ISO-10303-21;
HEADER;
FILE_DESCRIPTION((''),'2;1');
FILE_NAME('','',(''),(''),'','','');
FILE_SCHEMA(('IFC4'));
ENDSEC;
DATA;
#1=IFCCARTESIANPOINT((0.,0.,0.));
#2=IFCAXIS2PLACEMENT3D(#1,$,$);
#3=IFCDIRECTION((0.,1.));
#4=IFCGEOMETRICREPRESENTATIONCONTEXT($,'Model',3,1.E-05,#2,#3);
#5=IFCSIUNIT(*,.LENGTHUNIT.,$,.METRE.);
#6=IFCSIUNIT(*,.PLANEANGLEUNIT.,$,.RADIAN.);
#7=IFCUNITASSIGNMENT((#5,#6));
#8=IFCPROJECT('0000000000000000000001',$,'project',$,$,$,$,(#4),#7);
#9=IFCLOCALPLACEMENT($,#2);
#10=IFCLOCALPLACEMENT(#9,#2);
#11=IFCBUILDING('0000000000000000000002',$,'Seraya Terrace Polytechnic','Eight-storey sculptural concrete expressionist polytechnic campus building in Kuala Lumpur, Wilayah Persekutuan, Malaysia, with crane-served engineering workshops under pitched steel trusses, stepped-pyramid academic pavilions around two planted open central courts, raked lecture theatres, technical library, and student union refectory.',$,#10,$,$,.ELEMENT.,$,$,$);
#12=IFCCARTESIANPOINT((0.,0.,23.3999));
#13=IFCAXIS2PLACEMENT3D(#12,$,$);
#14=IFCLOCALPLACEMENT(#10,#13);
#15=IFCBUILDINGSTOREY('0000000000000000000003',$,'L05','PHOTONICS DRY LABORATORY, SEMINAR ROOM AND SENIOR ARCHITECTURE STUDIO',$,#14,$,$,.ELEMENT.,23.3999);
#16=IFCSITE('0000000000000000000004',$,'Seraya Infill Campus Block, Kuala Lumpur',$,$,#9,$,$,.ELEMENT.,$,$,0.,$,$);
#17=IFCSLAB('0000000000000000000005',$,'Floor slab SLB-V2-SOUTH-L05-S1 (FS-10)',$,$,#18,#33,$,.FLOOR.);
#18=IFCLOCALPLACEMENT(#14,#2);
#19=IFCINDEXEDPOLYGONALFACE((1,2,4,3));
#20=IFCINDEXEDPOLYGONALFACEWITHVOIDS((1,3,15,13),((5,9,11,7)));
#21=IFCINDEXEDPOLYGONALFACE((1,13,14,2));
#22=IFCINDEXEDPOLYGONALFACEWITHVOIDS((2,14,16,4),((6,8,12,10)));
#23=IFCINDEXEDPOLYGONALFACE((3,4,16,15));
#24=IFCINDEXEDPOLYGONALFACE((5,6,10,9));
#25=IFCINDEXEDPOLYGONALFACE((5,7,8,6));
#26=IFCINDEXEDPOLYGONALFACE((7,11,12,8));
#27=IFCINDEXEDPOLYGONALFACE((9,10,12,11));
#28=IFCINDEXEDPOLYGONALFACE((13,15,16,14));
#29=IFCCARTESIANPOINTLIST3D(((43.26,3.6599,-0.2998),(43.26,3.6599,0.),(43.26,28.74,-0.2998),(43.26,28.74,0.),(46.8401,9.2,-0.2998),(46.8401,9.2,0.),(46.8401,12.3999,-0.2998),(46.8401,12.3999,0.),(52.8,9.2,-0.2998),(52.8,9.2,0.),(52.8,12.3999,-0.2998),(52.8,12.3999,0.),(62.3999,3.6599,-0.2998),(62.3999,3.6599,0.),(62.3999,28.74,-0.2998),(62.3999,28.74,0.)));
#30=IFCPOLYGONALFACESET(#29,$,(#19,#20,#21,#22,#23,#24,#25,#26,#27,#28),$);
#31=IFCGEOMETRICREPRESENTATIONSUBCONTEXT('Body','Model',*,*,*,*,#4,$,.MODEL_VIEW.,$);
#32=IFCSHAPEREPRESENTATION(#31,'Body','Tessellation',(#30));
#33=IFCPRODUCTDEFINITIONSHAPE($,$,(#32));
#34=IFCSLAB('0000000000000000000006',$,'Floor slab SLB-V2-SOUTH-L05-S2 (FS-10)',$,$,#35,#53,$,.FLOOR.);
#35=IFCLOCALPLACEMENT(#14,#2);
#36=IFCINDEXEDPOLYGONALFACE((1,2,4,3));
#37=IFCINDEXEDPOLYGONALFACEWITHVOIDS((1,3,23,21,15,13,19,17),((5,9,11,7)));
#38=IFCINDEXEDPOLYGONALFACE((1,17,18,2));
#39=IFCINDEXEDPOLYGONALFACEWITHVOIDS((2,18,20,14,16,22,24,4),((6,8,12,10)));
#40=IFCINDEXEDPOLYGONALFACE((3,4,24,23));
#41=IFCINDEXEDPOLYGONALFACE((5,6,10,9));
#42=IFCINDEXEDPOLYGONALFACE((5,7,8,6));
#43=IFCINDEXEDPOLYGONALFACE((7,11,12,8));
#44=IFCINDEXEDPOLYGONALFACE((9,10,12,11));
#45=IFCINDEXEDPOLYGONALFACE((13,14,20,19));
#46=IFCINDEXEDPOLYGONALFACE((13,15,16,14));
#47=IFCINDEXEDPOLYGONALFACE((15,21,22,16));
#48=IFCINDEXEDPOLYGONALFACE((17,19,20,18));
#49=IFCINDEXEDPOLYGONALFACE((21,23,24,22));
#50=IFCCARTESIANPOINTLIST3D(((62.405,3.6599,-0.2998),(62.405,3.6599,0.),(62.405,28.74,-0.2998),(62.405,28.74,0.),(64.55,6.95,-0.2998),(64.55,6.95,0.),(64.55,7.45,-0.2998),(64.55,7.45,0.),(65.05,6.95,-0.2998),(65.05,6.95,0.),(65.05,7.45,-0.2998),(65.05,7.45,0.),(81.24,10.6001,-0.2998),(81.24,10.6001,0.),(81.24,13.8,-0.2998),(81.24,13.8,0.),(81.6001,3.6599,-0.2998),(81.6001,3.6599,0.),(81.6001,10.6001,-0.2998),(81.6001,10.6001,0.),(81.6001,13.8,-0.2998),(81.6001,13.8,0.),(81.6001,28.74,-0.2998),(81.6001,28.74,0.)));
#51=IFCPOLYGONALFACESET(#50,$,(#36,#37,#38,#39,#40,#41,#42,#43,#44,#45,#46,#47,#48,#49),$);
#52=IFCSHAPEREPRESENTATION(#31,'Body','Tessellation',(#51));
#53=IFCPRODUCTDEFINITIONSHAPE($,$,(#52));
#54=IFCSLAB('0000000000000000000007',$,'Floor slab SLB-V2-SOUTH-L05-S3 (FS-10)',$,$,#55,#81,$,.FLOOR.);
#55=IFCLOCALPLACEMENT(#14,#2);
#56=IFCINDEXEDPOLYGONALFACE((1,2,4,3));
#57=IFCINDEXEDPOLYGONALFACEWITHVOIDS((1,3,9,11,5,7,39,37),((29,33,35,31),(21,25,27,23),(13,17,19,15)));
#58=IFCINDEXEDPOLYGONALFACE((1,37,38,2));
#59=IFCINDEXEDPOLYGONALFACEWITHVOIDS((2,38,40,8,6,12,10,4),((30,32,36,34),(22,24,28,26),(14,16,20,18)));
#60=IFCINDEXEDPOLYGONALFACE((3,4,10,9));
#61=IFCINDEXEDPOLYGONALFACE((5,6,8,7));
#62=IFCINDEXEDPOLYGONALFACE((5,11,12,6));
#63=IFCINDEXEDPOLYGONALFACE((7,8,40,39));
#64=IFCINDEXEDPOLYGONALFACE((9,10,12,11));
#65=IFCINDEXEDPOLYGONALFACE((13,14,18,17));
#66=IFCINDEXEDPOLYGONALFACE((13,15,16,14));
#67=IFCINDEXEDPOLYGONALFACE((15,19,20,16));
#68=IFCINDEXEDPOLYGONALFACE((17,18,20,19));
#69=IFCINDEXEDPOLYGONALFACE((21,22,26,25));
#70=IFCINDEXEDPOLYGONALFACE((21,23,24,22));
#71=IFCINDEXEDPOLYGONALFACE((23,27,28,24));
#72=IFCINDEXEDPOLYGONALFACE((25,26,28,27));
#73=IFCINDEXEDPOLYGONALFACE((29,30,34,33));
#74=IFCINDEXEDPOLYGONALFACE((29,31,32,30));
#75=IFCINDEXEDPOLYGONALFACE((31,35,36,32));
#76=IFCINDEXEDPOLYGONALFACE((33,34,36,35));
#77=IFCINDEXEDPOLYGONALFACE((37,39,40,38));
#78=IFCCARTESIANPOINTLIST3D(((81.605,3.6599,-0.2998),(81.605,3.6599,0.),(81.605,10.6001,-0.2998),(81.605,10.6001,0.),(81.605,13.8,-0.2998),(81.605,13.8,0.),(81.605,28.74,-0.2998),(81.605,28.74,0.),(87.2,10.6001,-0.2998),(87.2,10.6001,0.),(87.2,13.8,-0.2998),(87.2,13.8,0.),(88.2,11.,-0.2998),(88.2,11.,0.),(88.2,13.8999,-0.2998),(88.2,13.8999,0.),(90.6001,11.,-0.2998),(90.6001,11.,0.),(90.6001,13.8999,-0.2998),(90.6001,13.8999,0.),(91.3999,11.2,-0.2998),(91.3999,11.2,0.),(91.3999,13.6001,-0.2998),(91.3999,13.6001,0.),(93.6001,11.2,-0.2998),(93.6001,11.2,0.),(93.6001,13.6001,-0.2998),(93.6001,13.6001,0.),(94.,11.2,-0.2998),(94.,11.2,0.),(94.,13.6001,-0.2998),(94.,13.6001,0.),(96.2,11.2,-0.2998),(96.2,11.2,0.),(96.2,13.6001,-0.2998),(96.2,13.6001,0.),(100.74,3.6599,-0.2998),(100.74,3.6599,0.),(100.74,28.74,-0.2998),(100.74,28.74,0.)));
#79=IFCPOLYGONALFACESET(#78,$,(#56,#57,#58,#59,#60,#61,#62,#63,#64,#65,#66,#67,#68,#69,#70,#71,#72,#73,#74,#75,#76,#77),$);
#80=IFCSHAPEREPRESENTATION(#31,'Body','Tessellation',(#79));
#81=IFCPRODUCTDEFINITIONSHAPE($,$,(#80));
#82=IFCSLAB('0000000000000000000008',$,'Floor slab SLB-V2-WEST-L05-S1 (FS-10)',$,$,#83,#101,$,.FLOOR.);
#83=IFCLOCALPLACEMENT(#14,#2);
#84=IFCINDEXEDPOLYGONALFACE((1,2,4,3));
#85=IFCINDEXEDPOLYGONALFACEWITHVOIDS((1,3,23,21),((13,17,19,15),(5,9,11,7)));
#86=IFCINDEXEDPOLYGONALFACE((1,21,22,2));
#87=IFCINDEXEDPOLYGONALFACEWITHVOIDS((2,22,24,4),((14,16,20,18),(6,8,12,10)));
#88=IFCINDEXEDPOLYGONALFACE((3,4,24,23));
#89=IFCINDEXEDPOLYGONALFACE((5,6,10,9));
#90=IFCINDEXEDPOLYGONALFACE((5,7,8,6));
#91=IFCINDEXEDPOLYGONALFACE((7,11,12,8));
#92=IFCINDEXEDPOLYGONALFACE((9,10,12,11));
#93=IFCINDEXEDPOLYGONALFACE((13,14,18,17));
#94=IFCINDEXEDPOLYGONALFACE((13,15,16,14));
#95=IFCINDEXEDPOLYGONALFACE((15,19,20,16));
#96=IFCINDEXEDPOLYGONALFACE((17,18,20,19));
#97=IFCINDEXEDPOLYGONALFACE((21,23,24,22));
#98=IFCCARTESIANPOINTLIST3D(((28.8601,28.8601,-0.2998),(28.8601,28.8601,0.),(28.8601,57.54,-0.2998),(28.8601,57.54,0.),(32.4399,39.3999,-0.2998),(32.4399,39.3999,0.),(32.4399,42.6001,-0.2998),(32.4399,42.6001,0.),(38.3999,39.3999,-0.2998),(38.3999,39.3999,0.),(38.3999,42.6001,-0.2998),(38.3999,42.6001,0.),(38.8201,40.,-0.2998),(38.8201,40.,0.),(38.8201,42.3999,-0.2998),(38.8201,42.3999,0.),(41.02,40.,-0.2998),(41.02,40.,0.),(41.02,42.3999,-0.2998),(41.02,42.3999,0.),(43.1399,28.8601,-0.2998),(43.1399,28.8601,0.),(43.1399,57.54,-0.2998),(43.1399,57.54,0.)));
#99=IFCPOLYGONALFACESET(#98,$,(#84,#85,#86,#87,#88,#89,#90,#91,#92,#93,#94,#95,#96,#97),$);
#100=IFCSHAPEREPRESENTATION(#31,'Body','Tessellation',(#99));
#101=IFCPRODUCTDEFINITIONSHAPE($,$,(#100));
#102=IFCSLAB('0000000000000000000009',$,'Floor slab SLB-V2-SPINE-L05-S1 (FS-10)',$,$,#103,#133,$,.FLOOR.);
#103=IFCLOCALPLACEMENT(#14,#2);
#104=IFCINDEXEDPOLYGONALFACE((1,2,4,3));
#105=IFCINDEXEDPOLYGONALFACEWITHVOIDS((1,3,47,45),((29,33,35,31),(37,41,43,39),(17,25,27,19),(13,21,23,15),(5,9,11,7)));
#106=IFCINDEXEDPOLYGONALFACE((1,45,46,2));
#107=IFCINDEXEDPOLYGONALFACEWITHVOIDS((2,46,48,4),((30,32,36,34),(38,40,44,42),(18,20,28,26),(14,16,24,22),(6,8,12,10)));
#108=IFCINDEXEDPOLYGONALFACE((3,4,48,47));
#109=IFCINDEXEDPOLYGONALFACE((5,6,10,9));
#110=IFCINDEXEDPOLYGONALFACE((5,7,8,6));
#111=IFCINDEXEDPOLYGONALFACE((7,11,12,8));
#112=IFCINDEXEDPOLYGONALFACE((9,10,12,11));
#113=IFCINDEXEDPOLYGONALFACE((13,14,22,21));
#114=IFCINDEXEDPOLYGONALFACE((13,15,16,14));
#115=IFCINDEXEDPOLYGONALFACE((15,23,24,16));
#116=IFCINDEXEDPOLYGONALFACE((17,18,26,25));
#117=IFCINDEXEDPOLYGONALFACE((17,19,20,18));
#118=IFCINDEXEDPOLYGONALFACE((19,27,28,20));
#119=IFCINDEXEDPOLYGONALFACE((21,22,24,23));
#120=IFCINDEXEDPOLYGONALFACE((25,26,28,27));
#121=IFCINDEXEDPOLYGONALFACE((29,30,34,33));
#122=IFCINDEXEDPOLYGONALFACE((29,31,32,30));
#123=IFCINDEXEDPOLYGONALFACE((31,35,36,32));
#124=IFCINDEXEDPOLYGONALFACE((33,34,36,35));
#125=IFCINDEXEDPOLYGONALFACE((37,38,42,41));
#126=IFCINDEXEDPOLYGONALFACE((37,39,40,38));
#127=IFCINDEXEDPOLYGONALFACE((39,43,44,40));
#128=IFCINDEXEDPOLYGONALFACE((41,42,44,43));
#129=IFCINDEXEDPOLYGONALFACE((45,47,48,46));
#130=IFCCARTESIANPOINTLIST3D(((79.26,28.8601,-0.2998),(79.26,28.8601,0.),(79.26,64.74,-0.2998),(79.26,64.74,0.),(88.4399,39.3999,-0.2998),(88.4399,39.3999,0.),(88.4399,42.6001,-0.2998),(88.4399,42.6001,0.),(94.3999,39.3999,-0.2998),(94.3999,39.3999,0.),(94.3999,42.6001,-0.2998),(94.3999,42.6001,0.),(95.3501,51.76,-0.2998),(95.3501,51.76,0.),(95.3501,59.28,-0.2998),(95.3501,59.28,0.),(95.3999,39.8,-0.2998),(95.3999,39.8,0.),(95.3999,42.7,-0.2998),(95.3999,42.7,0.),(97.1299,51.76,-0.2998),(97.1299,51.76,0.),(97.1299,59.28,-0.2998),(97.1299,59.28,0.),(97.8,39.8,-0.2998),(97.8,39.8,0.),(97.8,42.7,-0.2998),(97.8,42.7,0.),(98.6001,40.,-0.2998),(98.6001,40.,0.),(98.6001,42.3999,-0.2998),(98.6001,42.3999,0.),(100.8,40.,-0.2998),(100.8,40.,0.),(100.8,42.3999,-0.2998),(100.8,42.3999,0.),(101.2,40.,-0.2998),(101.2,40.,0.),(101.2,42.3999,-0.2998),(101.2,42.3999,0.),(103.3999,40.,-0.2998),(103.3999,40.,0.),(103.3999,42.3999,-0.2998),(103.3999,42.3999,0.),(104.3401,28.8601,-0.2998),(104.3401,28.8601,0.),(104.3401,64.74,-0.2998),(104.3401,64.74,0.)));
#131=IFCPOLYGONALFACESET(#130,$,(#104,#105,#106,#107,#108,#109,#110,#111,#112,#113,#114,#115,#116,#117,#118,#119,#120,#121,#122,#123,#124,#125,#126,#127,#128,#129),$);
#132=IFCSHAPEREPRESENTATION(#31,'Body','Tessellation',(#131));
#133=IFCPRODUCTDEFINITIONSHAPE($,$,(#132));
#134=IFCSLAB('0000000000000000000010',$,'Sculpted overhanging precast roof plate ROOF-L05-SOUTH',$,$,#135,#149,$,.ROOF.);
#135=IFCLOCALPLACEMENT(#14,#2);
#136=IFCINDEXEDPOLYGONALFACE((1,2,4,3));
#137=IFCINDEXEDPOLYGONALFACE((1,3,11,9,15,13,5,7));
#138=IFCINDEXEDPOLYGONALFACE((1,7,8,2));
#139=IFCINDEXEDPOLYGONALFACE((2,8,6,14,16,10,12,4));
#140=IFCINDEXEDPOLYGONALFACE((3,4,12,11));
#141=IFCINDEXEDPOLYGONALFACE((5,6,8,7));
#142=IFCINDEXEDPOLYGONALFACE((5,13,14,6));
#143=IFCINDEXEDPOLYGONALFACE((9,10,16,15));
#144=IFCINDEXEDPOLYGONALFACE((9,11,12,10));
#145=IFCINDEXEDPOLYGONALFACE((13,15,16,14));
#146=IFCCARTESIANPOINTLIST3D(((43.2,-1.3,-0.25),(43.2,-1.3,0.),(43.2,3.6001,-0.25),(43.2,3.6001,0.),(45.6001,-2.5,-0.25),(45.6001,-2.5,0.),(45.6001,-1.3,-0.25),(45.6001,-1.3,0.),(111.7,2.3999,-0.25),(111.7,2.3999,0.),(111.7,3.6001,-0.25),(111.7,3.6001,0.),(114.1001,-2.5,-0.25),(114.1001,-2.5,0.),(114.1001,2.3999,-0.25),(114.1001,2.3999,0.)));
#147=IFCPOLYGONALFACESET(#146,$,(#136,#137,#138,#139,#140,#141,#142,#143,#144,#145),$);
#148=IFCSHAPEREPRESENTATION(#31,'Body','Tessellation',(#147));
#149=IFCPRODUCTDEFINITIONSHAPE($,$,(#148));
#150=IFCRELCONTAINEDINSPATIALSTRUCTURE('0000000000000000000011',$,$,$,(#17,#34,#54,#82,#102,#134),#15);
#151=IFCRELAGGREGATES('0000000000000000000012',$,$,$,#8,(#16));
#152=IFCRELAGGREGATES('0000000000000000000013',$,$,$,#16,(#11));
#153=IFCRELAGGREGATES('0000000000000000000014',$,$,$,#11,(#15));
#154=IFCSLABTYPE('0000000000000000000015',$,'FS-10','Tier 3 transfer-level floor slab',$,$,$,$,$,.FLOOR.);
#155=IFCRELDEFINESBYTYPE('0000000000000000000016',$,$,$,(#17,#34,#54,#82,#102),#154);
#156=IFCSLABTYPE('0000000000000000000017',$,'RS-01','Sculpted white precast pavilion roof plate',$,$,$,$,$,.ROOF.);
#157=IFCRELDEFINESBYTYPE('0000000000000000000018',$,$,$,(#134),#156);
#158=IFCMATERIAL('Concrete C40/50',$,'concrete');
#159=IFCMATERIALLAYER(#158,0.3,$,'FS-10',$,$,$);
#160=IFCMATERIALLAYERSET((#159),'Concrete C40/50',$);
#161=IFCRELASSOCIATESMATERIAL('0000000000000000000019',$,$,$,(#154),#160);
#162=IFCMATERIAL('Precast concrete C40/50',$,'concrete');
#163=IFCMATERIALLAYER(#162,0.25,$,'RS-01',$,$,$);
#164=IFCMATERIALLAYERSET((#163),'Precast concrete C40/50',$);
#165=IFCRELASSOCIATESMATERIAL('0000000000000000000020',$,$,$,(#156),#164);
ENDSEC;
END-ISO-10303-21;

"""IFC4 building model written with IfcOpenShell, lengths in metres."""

from ifc_helpers import new_model, si_unit, direction, frame, origin, place, context, subcontext, project, spatial, polyline, outline, extrude, material, layer, layer_set, type_object, element, save


model = new_model("IFC4")

# Units and contexts
model_context = context("Model", 3, precision=1e-05, world=origin(), true_north=direction((0.0, 1.0)))
body_context = subcontext(model_context, "Body", "Model", "MODEL_VIEW")
ifc_project = project(units=[si_unit("LENGTHUNIT", "METRE"), si_unit("PLANEANGLEUNIT", "RADIAN")], contexts=[model_context])

# Site, building, storey
site_placement = place(None, origin())
site = spatial("IfcSite", under=ifc_project, at=site_placement, Name="Seraya Infill Campus Block, Kuala Lumpur", CompositionType="ELEMENT", RefElevation=0.0)
building_placement = place(site_placement, origin())
building = spatial("IfcBuilding", under=site, at=building_placement, Name="Seraya Terrace Polytechnic", Description="Eight-storey sculptural concrete expressionist polytechnic campus building in Kuala Lumpur, Wilayah Persekutuan, Malaysia, with crane-served engineering workshops under pitched steel trusses, stepped-pyramid academic pavilions around two planted open central courts, raked lecture theatres, technical library, and student union refectory.", CompositionType="ELEMENT")
storey_placement = place(building_placement, frame((0.0, 0.0, 23.3999)))
storey = spatial("IfcBuildingStorey", under=building, at=storey_placement, Name="L05", Description="PHOTONICS DRY LABORATORY, SEMINAR ROOM AND SENIOR ARCHITECTURE STUDIO", CompositionType="ELEMENT", Elevation=23.3999)

# Slabs
ifc_material_1 = material(Name="Concrete C40/50", Category="concrete")
ifc_layer_1 = layer(ifc_material_1, 0.3, Name="FS-10")
ifc_layer_set_1 = layer_set([ifc_layer_1], Name="Concrete C40/50")
slab_type_1 = type_object("IfcSlabType", Name="FS-10", Description="Tier 3 transfer-level floor slab", PredefinedType="FLOOR", material=ifc_layer_set_1)
slab_1_placement = place(storey_placement, frame((0.0, 0.0, -0.2998)))
element("IfcSlab", 1, at=slab_1_placement, inside=storey, type_object=slab_type_1, Name="Floor slab SLB-V2-SOUTH-L05-S1 (FS-10)", PredefinedType="FLOOR", context=body_context, shape_type="SweptSolid", body=[
    extrude(outline(polyline([(43.26, 3.6599), (43.26, 28.74), (62.3999, 28.74), (62.3999, 3.6599), (43.26, 3.6599)]), holes=[polyline([(46.8401, 12.3999), (46.8401, 9.2), (52.8, 9.2), (52.8, 12.3999), (46.8401, 12.3999)])]), origin(), (0.0, 0.0, 1.0), 0.2998),
])
slab_2_placement = place(storey_placement, frame((0.0, 0.0, -0.2998)))
element("IfcSlab", 2, at=slab_2_placement, inside=storey, type_object=slab_type_1, Name="Floor slab SLB-V2-SOUTH-L05-S2 (FS-10)", PredefinedType="FLOOR", context=body_context, shape_type="SweptSolid", body=[
    extrude(outline(polyline([(81.6001, 28.74), (81.6001, 13.8), (81.24, 13.8), (81.24, 10.6001), (81.6001, 10.6001), (81.6001, 3.6599), (62.405, 3.6599), (62.405, 28.74), (81.6001, 28.74)]), holes=[polyline([(64.55, 7.45), (64.55, 6.95), (65.05, 6.95), (65.05, 7.45), (64.55, 7.45)])]), origin(), (0.0, 0.0, 1.0), 0.2998),
])
slab_3_placement = place(storey_placement, frame((0.0, 0.0, -0.2998)))
element("IfcSlab", 3, at=slab_3_placement, inside=storey, type_object=slab_type_1, Name="Floor slab SLB-V2-SOUTH-L05-S3 (FS-10)", PredefinedType="FLOOR", context=body_context, shape_type="SweptSolid", body=[
    extrude(outline(polyline([(100.74, 28.74), (100.74, 3.6599), (81.605, 3.6599), (81.605, 10.6001), (87.2, 10.6001), (87.2, 13.8), (81.605, 13.8), (81.605, 28.74), (100.74, 28.74)]), holes=[polyline([(88.2, 13.8999), (88.2, 11.0), (90.6001, 11.0), (90.6001, 13.8999), (88.2, 13.8999)]), polyline([(91.3999, 11.2), (93.6001, 11.2), (93.6001, 13.6001), (91.3999, 13.6001), (91.3999, 11.2)]), polyline([(94.0, 13.6001), (94.0, 11.2), (96.2, 11.2), (96.2, 13.6001), (94.0, 13.6001)])]), origin(), (0.0, 0.0, 1.0), 0.2998),
])
slab_4_placement = place(storey_placement, frame((0.0, 0.0, -0.2998)))
element("IfcSlab", 4, at=slab_4_placement, inside=storey, type_object=slab_type_1, Name="Floor slab SLB-V2-WEST-L05-S1 (FS-10)", PredefinedType="FLOOR", context=body_context, shape_type="SweptSolid", body=[
    extrude(outline(polyline([(28.8601, 57.54), (43.1399, 57.54), (43.1399, 28.8601), (28.8601, 28.8601), (28.8601, 57.54)]), holes=[polyline([(32.4399, 39.3999), (38.3999, 39.3999), (38.3999, 42.6001), (32.4399, 42.6001), (32.4399, 39.3999)]), polyline([(38.8201, 42.3999), (38.8201, 40.0), (41.02, 40.0), (41.02, 42.3999), (38.8201, 42.3999)])]), origin(), (0.0, 0.0, 1.0), 0.2998),
])
slab_5_placement = place(storey_placement, frame((0.0, 0.0, -0.2998)))
element("IfcSlab", 5, at=slab_5_placement, inside=storey, type_object=slab_type_1, Name="Floor slab SLB-V2-SPINE-L05-S1 (FS-10)", PredefinedType="FLOOR", context=body_context, shape_type="SweptSolid", body=[
    extrude(outline(polyline([(79.26, 64.74), (104.3401, 64.74), (104.3401, 28.8601), (79.26, 28.8601), (79.26, 64.74)]), holes=[polyline([(88.4399, 42.6001), (88.4399, 39.3999), (94.3999, 39.3999), (94.3999, 42.6001), (88.4399, 42.6001)]), polyline([(98.6001, 42.3999), (98.6001, 40.0), (100.8, 40.0), (100.8, 42.3999), (98.6001, 42.3999)]), polyline([(101.2, 40.0), (103.3999, 40.0), (103.3999, 42.3999), (101.2, 42.3999), (101.2, 40.0)]), polyline([(95.3999, 42.7), (95.3999, 39.8), (97.8, 39.8), (97.8, 42.7), (95.3999, 42.7)]), polyline([(95.3501, 59.28), (95.3501, 51.76), (97.1299, 51.76), (97.1299, 59.28), (95.3501, 59.28)])]), origin(), (0.0, 0.0, 1.0), 0.2998),
])
ifc_material_2 = material(Name="Precast concrete C40/50", Category="concrete")
ifc_layer_2 = layer(ifc_material_2, 0.25, Name="RS-01")
ifc_layer_set_2 = layer_set([ifc_layer_2], Name="Precast concrete C40/50")
slab_type_2 = type_object("IfcSlabType", Name="RS-01", Description="Sculpted white precast pavilion roof plate", PredefinedType="ROOF", material=ifc_layer_set_2)
slab_6_placement = place(storey_placement, frame((0.0, 0.0, -0.25)))
element("IfcSlab", 6, at=slab_6_placement, inside=storey, type_object=slab_type_2, Name="Sculpted overhanging precast roof plate ROOF-L05-SOUTH", PredefinedType="ROOF", context=body_context, shape_type="SweptSolid", body=[
    extrude(outline(polyline([(45.6001, -1.3), (43.2, -1.3), (43.2, 3.6001), (111.7, 3.6001), (111.7, 2.3999), (114.1001, 2.3999), (114.1001, -2.5), (45.6001, -2.5), (45.6001, -1.3)])), origin(), (0.0, 0.0, 1.0), 0.25),
])

save(model, "model.ifc")
